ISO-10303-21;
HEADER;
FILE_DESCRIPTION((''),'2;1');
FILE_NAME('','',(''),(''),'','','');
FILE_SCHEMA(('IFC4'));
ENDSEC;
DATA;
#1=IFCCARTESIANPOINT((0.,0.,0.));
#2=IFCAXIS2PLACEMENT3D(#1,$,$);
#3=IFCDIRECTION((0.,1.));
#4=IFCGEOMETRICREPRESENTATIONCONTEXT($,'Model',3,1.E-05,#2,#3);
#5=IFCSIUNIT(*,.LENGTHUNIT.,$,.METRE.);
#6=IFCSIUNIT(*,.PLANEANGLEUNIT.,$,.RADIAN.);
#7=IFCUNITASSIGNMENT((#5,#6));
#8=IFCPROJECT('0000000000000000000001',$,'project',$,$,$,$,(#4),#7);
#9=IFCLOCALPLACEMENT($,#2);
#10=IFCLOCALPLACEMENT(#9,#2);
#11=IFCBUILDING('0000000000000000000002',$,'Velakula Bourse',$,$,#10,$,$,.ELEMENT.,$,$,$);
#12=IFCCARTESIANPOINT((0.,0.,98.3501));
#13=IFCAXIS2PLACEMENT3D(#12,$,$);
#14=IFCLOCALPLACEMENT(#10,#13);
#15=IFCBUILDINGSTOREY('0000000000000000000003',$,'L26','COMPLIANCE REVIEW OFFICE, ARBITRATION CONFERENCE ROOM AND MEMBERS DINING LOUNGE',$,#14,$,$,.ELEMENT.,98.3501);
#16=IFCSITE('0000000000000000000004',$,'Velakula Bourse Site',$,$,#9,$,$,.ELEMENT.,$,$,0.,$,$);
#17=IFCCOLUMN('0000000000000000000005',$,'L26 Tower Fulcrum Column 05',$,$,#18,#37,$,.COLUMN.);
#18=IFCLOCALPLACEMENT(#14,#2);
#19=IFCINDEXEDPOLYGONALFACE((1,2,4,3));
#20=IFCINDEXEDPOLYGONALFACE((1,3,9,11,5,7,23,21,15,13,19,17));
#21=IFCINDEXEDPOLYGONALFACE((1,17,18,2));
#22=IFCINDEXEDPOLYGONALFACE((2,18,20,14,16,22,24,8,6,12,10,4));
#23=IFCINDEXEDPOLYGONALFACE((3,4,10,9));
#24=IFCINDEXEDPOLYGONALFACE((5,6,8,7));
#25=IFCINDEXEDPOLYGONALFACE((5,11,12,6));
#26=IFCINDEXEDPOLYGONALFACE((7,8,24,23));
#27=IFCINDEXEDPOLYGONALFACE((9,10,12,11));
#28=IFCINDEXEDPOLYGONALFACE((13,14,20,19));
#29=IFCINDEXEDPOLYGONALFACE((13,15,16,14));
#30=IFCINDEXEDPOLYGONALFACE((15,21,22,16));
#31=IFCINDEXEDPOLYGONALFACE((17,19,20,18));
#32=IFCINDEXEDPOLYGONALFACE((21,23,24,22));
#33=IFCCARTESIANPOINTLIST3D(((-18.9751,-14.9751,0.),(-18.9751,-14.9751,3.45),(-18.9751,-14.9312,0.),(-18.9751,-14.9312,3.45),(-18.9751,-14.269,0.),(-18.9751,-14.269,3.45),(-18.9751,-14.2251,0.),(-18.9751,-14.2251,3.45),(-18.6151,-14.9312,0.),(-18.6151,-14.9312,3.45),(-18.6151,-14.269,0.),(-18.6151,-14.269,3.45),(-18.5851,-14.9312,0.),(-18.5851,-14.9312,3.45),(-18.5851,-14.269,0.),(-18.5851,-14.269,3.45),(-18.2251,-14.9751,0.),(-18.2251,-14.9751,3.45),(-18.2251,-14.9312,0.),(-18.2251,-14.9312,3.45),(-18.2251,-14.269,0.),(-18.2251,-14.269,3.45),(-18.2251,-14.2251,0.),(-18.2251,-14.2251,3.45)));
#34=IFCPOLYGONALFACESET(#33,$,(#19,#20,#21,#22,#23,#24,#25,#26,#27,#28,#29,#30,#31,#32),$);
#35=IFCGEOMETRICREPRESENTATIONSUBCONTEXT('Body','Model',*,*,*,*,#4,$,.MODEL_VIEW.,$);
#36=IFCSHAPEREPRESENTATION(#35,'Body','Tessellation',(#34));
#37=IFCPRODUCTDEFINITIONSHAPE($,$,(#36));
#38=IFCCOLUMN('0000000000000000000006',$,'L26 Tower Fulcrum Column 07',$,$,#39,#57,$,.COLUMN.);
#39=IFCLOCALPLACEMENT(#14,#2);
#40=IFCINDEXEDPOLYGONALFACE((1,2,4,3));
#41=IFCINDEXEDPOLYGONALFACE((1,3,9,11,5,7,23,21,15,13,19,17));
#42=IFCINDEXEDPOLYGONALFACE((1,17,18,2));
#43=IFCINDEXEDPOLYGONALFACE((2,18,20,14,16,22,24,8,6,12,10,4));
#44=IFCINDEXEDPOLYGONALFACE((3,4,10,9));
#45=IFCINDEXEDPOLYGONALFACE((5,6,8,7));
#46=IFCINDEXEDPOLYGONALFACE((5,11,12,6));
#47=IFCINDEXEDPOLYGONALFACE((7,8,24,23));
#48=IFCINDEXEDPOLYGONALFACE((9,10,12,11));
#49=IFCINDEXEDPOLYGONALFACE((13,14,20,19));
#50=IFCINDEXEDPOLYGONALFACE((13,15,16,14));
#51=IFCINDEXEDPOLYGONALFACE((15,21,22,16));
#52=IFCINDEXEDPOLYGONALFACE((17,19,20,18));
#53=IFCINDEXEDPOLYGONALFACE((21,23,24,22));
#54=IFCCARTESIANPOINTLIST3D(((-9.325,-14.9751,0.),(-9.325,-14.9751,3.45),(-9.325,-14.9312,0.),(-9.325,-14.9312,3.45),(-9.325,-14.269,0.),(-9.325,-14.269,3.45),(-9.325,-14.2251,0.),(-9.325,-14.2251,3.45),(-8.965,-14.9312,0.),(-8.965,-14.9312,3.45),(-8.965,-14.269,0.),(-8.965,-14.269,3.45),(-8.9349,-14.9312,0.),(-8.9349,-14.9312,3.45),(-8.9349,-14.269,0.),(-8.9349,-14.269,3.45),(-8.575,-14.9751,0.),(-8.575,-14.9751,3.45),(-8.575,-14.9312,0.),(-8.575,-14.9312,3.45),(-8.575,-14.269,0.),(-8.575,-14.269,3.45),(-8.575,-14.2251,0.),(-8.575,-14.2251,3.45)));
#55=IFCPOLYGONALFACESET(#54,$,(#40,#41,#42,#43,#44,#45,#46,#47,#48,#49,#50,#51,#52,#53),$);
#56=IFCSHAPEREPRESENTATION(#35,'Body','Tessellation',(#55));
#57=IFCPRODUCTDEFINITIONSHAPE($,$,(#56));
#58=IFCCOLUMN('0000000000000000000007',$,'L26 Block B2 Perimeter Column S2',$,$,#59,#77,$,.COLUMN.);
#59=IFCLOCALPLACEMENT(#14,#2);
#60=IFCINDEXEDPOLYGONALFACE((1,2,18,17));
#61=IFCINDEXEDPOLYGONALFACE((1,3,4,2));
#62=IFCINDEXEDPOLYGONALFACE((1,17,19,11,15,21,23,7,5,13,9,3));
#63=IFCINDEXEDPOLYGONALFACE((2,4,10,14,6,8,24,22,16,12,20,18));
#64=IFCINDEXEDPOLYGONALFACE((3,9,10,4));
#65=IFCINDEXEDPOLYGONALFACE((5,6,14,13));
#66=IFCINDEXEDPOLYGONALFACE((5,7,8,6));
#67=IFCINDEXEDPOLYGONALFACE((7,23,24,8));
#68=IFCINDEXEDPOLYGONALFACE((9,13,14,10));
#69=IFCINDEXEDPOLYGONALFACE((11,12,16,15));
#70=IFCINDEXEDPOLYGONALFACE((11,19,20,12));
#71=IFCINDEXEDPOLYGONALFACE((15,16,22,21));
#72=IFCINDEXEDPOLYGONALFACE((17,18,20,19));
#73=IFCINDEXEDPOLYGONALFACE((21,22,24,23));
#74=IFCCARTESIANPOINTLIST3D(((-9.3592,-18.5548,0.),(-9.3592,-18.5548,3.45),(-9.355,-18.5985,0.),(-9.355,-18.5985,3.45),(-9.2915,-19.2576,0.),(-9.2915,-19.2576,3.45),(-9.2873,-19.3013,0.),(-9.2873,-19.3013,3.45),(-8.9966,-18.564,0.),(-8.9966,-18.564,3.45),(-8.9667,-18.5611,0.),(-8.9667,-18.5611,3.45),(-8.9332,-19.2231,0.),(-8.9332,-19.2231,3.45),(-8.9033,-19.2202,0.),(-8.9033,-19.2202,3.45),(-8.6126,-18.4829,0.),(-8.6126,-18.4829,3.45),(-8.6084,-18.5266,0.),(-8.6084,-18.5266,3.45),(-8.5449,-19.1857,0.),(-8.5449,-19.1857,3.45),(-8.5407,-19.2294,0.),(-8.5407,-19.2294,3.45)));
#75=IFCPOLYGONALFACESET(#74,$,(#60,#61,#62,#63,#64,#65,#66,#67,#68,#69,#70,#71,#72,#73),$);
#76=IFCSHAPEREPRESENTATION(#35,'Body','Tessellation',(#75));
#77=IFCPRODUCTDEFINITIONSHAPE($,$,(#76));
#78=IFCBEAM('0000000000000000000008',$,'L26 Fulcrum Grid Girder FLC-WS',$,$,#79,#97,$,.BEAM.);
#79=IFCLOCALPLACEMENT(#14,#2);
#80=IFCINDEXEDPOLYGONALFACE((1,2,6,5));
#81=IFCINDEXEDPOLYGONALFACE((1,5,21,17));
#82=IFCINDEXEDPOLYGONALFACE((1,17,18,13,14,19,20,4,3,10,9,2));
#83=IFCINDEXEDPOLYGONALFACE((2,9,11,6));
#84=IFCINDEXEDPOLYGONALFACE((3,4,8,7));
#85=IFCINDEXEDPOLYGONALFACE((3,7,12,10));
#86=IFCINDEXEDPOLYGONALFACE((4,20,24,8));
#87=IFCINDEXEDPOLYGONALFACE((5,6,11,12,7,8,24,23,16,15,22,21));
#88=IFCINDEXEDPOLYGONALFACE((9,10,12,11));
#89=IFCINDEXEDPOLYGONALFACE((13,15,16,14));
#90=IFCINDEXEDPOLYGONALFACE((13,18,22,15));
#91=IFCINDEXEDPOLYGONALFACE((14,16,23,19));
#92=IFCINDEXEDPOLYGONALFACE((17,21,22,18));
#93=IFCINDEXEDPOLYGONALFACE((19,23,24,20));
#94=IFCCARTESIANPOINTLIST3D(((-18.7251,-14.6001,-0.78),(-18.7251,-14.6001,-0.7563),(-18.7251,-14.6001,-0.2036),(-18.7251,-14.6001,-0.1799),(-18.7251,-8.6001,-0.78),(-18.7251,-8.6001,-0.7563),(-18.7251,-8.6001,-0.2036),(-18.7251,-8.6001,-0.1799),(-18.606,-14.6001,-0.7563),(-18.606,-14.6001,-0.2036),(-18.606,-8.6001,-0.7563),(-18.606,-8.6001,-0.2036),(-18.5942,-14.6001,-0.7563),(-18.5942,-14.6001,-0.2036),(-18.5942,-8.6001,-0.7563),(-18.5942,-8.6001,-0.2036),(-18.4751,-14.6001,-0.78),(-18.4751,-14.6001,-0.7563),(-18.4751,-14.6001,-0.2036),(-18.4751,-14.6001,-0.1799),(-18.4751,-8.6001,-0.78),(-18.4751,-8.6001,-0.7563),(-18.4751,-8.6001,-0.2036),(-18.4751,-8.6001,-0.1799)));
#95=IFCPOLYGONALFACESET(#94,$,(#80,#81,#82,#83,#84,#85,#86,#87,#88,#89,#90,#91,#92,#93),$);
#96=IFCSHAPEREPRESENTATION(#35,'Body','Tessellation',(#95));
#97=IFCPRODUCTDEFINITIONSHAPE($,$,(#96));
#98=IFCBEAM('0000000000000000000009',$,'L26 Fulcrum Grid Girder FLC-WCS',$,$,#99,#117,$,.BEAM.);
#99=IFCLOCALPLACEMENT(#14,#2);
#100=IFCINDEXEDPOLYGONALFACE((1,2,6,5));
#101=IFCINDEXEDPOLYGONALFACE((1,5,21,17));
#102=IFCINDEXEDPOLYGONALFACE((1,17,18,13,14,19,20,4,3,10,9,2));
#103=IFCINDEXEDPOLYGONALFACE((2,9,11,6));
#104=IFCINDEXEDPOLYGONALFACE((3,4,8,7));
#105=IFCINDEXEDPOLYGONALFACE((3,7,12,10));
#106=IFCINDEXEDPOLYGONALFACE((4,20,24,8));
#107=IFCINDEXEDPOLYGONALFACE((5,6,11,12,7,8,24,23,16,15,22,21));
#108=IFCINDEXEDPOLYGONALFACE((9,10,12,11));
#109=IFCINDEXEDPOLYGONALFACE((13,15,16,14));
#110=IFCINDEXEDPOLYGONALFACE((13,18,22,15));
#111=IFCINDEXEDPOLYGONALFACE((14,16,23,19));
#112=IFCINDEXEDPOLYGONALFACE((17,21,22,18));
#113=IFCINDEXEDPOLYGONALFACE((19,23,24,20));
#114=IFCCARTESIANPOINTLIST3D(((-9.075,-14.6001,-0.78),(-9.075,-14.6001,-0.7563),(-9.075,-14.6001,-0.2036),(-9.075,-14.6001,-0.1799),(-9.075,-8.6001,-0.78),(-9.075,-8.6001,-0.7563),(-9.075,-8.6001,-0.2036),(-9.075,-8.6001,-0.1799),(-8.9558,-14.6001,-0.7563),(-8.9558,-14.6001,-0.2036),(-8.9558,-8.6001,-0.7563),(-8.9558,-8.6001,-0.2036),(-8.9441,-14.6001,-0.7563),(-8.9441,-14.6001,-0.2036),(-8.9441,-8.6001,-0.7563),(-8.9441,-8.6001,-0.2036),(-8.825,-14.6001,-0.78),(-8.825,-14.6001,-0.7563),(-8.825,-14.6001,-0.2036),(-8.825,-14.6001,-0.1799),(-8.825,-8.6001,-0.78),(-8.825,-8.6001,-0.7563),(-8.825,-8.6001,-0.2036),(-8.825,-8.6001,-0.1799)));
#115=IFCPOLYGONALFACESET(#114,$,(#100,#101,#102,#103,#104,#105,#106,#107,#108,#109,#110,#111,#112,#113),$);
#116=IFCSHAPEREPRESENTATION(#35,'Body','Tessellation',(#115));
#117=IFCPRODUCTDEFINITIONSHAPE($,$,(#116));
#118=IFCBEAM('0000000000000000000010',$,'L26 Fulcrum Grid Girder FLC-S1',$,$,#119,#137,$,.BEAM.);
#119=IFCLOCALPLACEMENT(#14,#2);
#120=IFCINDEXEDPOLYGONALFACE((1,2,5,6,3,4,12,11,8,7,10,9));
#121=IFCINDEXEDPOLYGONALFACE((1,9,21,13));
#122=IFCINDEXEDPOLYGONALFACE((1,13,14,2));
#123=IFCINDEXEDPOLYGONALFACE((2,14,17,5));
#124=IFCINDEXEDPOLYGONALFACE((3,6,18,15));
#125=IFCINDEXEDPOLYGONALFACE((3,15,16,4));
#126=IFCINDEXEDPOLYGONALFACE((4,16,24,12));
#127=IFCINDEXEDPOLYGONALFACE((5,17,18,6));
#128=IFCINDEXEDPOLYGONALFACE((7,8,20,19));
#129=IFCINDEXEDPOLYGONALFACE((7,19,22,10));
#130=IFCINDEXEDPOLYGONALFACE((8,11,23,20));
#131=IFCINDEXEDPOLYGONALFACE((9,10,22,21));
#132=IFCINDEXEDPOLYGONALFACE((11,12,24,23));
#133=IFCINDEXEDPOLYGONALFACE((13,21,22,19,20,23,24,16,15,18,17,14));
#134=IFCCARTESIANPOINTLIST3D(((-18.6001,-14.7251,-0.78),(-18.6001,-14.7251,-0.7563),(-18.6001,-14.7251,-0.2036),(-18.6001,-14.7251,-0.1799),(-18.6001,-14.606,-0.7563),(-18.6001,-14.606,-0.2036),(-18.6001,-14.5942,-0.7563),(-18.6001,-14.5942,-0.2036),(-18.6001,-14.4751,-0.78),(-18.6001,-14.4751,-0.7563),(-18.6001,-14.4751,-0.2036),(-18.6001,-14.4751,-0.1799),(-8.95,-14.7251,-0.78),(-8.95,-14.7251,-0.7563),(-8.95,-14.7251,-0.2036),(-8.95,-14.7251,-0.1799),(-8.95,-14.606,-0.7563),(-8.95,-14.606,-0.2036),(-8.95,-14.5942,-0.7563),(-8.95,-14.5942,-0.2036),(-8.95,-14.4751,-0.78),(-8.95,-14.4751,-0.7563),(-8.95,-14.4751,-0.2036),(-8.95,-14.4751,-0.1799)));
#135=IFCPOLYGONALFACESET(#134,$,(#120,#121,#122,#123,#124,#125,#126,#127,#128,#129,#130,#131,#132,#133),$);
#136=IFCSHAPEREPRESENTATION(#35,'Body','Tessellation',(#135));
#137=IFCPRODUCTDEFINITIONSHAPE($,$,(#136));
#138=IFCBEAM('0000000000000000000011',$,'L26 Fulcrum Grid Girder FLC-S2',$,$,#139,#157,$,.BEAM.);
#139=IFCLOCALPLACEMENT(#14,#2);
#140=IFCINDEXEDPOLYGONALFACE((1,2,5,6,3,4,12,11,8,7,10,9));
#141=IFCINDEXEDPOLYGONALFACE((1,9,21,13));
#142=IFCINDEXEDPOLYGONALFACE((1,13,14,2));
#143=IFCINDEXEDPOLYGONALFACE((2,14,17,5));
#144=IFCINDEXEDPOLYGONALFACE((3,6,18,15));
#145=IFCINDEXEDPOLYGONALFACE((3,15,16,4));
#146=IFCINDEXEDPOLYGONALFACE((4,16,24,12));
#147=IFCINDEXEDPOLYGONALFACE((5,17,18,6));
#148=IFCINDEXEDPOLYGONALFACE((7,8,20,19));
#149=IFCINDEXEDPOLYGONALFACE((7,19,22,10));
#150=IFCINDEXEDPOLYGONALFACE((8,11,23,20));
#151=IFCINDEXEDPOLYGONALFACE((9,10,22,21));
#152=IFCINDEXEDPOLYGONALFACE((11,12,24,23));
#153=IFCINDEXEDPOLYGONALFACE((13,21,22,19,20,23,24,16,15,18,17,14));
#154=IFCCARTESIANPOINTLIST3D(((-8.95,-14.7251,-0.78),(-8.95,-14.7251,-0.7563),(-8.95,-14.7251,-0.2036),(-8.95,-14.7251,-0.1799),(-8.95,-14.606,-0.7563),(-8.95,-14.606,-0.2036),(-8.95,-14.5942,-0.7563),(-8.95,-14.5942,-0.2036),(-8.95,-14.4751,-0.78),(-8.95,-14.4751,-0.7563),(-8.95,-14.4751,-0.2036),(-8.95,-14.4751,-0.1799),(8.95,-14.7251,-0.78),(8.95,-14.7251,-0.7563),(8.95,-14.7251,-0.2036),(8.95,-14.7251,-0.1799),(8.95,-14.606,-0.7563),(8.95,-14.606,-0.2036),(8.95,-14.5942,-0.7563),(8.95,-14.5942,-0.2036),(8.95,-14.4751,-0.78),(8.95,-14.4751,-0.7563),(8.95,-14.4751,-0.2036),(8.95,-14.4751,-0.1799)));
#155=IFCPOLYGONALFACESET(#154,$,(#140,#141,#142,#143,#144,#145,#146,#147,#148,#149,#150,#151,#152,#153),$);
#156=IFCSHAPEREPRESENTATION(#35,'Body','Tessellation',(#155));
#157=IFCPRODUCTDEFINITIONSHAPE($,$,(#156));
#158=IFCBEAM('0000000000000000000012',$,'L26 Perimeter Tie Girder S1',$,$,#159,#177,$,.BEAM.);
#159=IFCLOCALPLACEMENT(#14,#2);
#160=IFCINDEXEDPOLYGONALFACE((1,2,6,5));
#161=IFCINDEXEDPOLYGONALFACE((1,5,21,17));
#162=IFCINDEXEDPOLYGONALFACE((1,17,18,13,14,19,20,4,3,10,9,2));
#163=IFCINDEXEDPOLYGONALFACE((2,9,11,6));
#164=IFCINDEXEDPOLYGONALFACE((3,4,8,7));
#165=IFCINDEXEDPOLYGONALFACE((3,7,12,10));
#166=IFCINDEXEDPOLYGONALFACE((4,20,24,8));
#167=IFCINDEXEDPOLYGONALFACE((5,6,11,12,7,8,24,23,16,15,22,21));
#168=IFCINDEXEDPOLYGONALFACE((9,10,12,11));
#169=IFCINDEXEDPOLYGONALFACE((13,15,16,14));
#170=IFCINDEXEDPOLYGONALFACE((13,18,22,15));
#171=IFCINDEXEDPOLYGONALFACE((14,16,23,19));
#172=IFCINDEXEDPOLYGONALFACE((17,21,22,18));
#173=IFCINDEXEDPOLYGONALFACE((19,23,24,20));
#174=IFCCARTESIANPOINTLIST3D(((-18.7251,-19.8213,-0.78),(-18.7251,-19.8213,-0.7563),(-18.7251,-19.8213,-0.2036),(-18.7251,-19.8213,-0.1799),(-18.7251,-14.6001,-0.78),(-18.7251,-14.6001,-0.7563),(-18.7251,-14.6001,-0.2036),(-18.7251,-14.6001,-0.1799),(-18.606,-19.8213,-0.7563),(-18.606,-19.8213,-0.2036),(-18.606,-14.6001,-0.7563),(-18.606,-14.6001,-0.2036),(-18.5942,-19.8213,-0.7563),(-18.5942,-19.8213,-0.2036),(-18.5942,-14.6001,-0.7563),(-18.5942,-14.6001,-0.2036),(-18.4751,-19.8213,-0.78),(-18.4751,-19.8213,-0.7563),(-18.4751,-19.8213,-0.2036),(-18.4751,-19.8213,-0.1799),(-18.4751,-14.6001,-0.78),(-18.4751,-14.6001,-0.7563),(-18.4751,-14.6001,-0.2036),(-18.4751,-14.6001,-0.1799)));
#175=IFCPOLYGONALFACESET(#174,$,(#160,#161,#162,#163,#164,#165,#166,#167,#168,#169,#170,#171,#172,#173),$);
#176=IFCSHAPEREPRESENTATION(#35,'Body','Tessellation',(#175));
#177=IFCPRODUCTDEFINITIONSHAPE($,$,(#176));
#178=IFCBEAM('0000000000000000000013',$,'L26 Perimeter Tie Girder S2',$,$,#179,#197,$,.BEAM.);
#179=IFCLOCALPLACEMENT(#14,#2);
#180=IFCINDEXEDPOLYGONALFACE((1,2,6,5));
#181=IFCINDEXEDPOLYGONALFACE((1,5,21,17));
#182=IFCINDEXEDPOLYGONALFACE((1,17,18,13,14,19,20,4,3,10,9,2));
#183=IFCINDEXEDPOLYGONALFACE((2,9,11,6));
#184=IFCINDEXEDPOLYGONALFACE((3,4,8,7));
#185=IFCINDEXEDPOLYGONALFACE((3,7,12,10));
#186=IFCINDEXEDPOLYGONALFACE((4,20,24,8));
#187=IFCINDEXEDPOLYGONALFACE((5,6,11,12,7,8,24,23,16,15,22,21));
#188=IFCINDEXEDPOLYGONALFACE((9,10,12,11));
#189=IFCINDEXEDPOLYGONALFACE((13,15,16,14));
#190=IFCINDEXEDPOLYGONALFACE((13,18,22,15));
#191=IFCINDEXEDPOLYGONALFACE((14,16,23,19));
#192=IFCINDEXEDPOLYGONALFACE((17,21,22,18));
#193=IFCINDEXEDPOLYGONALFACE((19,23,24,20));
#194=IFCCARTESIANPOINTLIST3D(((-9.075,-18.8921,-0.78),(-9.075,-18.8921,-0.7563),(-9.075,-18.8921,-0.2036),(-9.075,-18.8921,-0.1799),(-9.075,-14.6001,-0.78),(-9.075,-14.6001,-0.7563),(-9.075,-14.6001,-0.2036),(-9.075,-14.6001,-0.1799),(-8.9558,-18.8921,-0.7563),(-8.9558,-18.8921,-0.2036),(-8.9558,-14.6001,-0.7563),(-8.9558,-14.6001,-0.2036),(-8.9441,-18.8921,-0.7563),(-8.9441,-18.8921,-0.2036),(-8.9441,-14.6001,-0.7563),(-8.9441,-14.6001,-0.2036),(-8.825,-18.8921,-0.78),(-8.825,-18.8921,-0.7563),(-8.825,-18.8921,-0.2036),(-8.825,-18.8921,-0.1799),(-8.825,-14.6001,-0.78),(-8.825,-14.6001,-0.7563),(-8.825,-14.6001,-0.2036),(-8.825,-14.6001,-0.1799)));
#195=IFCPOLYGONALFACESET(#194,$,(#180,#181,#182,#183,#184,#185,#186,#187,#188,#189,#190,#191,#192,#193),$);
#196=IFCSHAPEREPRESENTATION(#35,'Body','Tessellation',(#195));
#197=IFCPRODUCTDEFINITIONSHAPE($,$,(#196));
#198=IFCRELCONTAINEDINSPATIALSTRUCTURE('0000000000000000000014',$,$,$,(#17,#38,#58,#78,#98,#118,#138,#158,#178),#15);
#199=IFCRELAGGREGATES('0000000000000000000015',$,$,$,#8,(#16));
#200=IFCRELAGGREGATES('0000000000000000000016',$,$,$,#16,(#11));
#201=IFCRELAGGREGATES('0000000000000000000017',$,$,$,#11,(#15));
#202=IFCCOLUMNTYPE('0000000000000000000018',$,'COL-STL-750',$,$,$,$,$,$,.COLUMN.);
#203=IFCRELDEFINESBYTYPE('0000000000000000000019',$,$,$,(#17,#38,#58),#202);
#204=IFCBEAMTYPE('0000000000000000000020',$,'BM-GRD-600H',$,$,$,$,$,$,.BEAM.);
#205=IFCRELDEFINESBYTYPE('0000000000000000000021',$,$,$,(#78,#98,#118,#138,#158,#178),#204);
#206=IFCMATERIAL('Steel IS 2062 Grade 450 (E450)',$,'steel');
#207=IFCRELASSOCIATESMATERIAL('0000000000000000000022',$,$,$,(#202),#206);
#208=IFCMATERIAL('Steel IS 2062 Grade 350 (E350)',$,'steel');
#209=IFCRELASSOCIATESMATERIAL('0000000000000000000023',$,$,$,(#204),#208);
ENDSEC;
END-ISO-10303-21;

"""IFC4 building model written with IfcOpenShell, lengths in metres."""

from ifc_helpers import new_model, si_unit, direction, frame, origin, origin_2d, place, context, subcontext, project, spatial, i_section, extrude, material, material_profile, profile_set, type_object, element, save


model = new_model("IFC4")

# Units and contexts
model_context = context("Model", 3, precision=1e-05, world=origin(), true_north=direction((0.0, 1.0)))
body_context = subcontext(model_context, "Body", "Model", "MODEL_VIEW")
ifc_project = project(units=[si_unit("LENGTHUNIT", "METRE"), si_unit("PLANEANGLEUNIT", "RADIAN")], contexts=[model_context])

# Site, building, storey
site_placement = place(None, origin())
site = spatial("IfcSite", under=ifc_project, at=site_placement, Name="Velakula Bourse Site", CompositionType="ELEMENT", RefElevation=0.0)
building_placement = place(site_placement, origin())
building = spatial("IfcBuilding", under=site, at=building_placement, Name="Velakula Bourse", CompositionType="ELEMENT")
storey_placement = place(building_placement, frame((0.0, 0.0, 98.3501)))
storey = spatial("IfcBuildingStorey", under=building, at=storey_placement, Name="L26", Description="COMPLIANCE REVIEW OFFICE, ARBITRATION CONFERENCE ROOM AND MEMBERS DINING LOUNGE", CompositionType="ELEMENT", Elevation=98.3501)

# Columns
ifc_material_1 = material(Name="Steel IS 2062 Grade 450 (E450)", Category="steel")
ifc_material_profile_1 = material_profile(ifc_material_1, i_section(OverallWidth=0.75, OverallDepth=0.75, WebThickness=0.03, FlangeThickness=0.0439, at=origin_2d()), Name="Steel IS 2062 Grade 450 (E450)")
ifc_profile_set_1 = profile_set([ifc_material_profile_1], Name="Steel IS 2062 Grade 450 (E450)")
column_type = type_object("IfcColumnType", Name="COL-STL-750", PredefinedType="COLUMN", material=ifc_profile_set_1)
for number, where, z_axis, x_axis, name in (
    (1, (-18.6001, -14.6001, 0.0), (0.0, 0.0, 1.0), (1.0, 0.0, 0.0), "L26 Tower Fulcrum Column 05"),
    (2, (-8.95, -14.6001, 0.0), (0.0, 0.0, 1.0), (1.0, 0.0, 0.0), "L26 Tower Fulcrum Column 07"),
    (3, (-8.95, -18.8921, 0.0), (0.0, 0.0, 1.0), (0.995396, 0.095846, 0.0), "L26 Block B2 Perimeter Column S2"),
):
    element("IfcColumn", number, at=place(storey_placement, frame(where, z_axis=z_axis, x_axis=x_axis)), inside=storey, type_object=column_type, Name=name, PredefinedType="COLUMN", context=body_context, shape_type="SweptSolid", body=[
        extrude(i_section(OverallWidth=0.75, OverallDepth=0.75, WebThickness=0.03, FlangeThickness=0.0439, at=origin_2d()), origin(), (0.0, 0.0, 1.0), 3.45),
    ])

# Beams
ifc_material_2 = material(Name="Steel IS 2062 Grade 350 (E350)", Category="steel")
ifc_material_profile_2 = material_profile(ifc_material_2, i_section(OverallWidth=0.25, OverallDepth=0.6001, WebThickness=0.0117, FlangeThickness=0.0237, at=origin_2d()), Name="Steel IS 2062 Grade 350 (E350)")
ifc_profile_set_2 = profile_set([ifc_material_profile_2], Name="Steel IS 2062 Grade 350 (E350)")
beam_type_1 = type_object("IfcBeamType", Name="BM-GRD-600H", PredefinedType="BEAM", material=ifc_profile_set_2)
for number, where, z_axis, x_axis, name in (
    (4, (-18.6001, -14.6001, -0.48), (0.0, 1.0, 0.0), (-1.0, 0.0, 0.0), "L26 Fulcrum Grid Girder FLC-WS"),
    (5, (-8.95, -14.6001, -0.48), (0.0, 1.0, 0.0), (-1.0, 0.0, 0.0), "L26 Fulcrum Grid Girder FLC-WCS"),
):
    element("IfcBeam", number, at=place(storey_placement, frame(where, z_axis=z_axis, x_axis=x_axis)), inside=storey, type_object=beam_type_1, Name=name, PredefinedType="BEAM", context=body_context, shape_type="SweptSolid", body=[
        extrude(i_section(OverallWidth=0.25, OverallDepth=0.6001, WebThickness=0.0117, FlangeThickness=0.0237, at=origin_2d()), origin(), (0.0, 0.0, 1.0), 6.0),
    ])
beam_1_placement = place(storey_placement, frame((-18.6001, -14.6001, -0.48), z_axis=(1.0, 0.0, 0.0), x_axis=(0.0, 1.0, 0.0)))
element("IfcBeam", 6, at=beam_1_placement, inside=storey, type_object=beam_type_1, Name="L26 Fulcrum Grid Girder FLC-S1", PredefinedType="BEAM", context=body_context, shape_type="SweptSolid", body=[
    extrude(i_section(OverallWidth=0.25, OverallDepth=0.6001, WebThickness=0.0117, FlangeThickness=0.0237, at=origin_2d()), origin(), (0.0, 0.0, 1.0), 9.6501),
])
beam_2_placement = place(storey_placement, frame((-8.95, -14.6001, -0.48), z_axis=(1.0, 0.0, 0.0), x_axis=(0.0, 1.0, 0.0)))
element("IfcBeam", 7, at=beam_2_placement, inside=storey, type_object=beam_type_1, Name="L26 Fulcrum Grid Girder FLC-S2", PredefinedType="BEAM", context=body_context, shape_type="SweptSolid", body=[
    extrude(i_section(OverallWidth=0.25, OverallDepth=0.6001, WebThickness=0.0117, FlangeThickness=0.0237, at=origin_2d()), origin(), (0.0, 0.0, 1.0), 17.8999),
])
beam_3_placement = place(storey_placement, frame((-18.6001, -14.6001, -0.48), z_axis=(0.0, -1.0, 0.0), x_axis=(1.0, 0.0, 0.0)))
element("IfcBeam", 8, at=beam_3_placement, inside=storey, type_object=beam_type_1, Name="L26 Perimeter Tie Girder S1", PredefinedType="BEAM", context=body_context, shape_type="SweptSolid", body=[
    extrude(i_section(OverallWidth=0.25, OverallDepth=0.6001, WebThickness=0.0117, FlangeThickness=0.0237, at=origin_2d()), origin(), (0.0, 0.0, 1.0), 5.2212),
])
beam_4_placement = place(storey_placement, frame((-8.95, -14.6001, -0.48), z_axis=(0.0, -1.0, 0.0), x_axis=(1.0, 0.0, 0.0)))
element("IfcBeam", 9, at=beam_4_placement, inside=storey, type_object=beam_type_1, Name="L26 Perimeter Tie Girder S2", PredefinedType="BEAM", context=body_context, shape_type="SweptSolid", body=[
    extrude(i_section(OverallWidth=0.25, OverallDepth=0.6001, WebThickness=0.0117, FlangeThickness=0.0237, at=origin_2d()), origin(), (0.0, 0.0, 1.0), 4.292),
])

save(model, "model.ifc")
